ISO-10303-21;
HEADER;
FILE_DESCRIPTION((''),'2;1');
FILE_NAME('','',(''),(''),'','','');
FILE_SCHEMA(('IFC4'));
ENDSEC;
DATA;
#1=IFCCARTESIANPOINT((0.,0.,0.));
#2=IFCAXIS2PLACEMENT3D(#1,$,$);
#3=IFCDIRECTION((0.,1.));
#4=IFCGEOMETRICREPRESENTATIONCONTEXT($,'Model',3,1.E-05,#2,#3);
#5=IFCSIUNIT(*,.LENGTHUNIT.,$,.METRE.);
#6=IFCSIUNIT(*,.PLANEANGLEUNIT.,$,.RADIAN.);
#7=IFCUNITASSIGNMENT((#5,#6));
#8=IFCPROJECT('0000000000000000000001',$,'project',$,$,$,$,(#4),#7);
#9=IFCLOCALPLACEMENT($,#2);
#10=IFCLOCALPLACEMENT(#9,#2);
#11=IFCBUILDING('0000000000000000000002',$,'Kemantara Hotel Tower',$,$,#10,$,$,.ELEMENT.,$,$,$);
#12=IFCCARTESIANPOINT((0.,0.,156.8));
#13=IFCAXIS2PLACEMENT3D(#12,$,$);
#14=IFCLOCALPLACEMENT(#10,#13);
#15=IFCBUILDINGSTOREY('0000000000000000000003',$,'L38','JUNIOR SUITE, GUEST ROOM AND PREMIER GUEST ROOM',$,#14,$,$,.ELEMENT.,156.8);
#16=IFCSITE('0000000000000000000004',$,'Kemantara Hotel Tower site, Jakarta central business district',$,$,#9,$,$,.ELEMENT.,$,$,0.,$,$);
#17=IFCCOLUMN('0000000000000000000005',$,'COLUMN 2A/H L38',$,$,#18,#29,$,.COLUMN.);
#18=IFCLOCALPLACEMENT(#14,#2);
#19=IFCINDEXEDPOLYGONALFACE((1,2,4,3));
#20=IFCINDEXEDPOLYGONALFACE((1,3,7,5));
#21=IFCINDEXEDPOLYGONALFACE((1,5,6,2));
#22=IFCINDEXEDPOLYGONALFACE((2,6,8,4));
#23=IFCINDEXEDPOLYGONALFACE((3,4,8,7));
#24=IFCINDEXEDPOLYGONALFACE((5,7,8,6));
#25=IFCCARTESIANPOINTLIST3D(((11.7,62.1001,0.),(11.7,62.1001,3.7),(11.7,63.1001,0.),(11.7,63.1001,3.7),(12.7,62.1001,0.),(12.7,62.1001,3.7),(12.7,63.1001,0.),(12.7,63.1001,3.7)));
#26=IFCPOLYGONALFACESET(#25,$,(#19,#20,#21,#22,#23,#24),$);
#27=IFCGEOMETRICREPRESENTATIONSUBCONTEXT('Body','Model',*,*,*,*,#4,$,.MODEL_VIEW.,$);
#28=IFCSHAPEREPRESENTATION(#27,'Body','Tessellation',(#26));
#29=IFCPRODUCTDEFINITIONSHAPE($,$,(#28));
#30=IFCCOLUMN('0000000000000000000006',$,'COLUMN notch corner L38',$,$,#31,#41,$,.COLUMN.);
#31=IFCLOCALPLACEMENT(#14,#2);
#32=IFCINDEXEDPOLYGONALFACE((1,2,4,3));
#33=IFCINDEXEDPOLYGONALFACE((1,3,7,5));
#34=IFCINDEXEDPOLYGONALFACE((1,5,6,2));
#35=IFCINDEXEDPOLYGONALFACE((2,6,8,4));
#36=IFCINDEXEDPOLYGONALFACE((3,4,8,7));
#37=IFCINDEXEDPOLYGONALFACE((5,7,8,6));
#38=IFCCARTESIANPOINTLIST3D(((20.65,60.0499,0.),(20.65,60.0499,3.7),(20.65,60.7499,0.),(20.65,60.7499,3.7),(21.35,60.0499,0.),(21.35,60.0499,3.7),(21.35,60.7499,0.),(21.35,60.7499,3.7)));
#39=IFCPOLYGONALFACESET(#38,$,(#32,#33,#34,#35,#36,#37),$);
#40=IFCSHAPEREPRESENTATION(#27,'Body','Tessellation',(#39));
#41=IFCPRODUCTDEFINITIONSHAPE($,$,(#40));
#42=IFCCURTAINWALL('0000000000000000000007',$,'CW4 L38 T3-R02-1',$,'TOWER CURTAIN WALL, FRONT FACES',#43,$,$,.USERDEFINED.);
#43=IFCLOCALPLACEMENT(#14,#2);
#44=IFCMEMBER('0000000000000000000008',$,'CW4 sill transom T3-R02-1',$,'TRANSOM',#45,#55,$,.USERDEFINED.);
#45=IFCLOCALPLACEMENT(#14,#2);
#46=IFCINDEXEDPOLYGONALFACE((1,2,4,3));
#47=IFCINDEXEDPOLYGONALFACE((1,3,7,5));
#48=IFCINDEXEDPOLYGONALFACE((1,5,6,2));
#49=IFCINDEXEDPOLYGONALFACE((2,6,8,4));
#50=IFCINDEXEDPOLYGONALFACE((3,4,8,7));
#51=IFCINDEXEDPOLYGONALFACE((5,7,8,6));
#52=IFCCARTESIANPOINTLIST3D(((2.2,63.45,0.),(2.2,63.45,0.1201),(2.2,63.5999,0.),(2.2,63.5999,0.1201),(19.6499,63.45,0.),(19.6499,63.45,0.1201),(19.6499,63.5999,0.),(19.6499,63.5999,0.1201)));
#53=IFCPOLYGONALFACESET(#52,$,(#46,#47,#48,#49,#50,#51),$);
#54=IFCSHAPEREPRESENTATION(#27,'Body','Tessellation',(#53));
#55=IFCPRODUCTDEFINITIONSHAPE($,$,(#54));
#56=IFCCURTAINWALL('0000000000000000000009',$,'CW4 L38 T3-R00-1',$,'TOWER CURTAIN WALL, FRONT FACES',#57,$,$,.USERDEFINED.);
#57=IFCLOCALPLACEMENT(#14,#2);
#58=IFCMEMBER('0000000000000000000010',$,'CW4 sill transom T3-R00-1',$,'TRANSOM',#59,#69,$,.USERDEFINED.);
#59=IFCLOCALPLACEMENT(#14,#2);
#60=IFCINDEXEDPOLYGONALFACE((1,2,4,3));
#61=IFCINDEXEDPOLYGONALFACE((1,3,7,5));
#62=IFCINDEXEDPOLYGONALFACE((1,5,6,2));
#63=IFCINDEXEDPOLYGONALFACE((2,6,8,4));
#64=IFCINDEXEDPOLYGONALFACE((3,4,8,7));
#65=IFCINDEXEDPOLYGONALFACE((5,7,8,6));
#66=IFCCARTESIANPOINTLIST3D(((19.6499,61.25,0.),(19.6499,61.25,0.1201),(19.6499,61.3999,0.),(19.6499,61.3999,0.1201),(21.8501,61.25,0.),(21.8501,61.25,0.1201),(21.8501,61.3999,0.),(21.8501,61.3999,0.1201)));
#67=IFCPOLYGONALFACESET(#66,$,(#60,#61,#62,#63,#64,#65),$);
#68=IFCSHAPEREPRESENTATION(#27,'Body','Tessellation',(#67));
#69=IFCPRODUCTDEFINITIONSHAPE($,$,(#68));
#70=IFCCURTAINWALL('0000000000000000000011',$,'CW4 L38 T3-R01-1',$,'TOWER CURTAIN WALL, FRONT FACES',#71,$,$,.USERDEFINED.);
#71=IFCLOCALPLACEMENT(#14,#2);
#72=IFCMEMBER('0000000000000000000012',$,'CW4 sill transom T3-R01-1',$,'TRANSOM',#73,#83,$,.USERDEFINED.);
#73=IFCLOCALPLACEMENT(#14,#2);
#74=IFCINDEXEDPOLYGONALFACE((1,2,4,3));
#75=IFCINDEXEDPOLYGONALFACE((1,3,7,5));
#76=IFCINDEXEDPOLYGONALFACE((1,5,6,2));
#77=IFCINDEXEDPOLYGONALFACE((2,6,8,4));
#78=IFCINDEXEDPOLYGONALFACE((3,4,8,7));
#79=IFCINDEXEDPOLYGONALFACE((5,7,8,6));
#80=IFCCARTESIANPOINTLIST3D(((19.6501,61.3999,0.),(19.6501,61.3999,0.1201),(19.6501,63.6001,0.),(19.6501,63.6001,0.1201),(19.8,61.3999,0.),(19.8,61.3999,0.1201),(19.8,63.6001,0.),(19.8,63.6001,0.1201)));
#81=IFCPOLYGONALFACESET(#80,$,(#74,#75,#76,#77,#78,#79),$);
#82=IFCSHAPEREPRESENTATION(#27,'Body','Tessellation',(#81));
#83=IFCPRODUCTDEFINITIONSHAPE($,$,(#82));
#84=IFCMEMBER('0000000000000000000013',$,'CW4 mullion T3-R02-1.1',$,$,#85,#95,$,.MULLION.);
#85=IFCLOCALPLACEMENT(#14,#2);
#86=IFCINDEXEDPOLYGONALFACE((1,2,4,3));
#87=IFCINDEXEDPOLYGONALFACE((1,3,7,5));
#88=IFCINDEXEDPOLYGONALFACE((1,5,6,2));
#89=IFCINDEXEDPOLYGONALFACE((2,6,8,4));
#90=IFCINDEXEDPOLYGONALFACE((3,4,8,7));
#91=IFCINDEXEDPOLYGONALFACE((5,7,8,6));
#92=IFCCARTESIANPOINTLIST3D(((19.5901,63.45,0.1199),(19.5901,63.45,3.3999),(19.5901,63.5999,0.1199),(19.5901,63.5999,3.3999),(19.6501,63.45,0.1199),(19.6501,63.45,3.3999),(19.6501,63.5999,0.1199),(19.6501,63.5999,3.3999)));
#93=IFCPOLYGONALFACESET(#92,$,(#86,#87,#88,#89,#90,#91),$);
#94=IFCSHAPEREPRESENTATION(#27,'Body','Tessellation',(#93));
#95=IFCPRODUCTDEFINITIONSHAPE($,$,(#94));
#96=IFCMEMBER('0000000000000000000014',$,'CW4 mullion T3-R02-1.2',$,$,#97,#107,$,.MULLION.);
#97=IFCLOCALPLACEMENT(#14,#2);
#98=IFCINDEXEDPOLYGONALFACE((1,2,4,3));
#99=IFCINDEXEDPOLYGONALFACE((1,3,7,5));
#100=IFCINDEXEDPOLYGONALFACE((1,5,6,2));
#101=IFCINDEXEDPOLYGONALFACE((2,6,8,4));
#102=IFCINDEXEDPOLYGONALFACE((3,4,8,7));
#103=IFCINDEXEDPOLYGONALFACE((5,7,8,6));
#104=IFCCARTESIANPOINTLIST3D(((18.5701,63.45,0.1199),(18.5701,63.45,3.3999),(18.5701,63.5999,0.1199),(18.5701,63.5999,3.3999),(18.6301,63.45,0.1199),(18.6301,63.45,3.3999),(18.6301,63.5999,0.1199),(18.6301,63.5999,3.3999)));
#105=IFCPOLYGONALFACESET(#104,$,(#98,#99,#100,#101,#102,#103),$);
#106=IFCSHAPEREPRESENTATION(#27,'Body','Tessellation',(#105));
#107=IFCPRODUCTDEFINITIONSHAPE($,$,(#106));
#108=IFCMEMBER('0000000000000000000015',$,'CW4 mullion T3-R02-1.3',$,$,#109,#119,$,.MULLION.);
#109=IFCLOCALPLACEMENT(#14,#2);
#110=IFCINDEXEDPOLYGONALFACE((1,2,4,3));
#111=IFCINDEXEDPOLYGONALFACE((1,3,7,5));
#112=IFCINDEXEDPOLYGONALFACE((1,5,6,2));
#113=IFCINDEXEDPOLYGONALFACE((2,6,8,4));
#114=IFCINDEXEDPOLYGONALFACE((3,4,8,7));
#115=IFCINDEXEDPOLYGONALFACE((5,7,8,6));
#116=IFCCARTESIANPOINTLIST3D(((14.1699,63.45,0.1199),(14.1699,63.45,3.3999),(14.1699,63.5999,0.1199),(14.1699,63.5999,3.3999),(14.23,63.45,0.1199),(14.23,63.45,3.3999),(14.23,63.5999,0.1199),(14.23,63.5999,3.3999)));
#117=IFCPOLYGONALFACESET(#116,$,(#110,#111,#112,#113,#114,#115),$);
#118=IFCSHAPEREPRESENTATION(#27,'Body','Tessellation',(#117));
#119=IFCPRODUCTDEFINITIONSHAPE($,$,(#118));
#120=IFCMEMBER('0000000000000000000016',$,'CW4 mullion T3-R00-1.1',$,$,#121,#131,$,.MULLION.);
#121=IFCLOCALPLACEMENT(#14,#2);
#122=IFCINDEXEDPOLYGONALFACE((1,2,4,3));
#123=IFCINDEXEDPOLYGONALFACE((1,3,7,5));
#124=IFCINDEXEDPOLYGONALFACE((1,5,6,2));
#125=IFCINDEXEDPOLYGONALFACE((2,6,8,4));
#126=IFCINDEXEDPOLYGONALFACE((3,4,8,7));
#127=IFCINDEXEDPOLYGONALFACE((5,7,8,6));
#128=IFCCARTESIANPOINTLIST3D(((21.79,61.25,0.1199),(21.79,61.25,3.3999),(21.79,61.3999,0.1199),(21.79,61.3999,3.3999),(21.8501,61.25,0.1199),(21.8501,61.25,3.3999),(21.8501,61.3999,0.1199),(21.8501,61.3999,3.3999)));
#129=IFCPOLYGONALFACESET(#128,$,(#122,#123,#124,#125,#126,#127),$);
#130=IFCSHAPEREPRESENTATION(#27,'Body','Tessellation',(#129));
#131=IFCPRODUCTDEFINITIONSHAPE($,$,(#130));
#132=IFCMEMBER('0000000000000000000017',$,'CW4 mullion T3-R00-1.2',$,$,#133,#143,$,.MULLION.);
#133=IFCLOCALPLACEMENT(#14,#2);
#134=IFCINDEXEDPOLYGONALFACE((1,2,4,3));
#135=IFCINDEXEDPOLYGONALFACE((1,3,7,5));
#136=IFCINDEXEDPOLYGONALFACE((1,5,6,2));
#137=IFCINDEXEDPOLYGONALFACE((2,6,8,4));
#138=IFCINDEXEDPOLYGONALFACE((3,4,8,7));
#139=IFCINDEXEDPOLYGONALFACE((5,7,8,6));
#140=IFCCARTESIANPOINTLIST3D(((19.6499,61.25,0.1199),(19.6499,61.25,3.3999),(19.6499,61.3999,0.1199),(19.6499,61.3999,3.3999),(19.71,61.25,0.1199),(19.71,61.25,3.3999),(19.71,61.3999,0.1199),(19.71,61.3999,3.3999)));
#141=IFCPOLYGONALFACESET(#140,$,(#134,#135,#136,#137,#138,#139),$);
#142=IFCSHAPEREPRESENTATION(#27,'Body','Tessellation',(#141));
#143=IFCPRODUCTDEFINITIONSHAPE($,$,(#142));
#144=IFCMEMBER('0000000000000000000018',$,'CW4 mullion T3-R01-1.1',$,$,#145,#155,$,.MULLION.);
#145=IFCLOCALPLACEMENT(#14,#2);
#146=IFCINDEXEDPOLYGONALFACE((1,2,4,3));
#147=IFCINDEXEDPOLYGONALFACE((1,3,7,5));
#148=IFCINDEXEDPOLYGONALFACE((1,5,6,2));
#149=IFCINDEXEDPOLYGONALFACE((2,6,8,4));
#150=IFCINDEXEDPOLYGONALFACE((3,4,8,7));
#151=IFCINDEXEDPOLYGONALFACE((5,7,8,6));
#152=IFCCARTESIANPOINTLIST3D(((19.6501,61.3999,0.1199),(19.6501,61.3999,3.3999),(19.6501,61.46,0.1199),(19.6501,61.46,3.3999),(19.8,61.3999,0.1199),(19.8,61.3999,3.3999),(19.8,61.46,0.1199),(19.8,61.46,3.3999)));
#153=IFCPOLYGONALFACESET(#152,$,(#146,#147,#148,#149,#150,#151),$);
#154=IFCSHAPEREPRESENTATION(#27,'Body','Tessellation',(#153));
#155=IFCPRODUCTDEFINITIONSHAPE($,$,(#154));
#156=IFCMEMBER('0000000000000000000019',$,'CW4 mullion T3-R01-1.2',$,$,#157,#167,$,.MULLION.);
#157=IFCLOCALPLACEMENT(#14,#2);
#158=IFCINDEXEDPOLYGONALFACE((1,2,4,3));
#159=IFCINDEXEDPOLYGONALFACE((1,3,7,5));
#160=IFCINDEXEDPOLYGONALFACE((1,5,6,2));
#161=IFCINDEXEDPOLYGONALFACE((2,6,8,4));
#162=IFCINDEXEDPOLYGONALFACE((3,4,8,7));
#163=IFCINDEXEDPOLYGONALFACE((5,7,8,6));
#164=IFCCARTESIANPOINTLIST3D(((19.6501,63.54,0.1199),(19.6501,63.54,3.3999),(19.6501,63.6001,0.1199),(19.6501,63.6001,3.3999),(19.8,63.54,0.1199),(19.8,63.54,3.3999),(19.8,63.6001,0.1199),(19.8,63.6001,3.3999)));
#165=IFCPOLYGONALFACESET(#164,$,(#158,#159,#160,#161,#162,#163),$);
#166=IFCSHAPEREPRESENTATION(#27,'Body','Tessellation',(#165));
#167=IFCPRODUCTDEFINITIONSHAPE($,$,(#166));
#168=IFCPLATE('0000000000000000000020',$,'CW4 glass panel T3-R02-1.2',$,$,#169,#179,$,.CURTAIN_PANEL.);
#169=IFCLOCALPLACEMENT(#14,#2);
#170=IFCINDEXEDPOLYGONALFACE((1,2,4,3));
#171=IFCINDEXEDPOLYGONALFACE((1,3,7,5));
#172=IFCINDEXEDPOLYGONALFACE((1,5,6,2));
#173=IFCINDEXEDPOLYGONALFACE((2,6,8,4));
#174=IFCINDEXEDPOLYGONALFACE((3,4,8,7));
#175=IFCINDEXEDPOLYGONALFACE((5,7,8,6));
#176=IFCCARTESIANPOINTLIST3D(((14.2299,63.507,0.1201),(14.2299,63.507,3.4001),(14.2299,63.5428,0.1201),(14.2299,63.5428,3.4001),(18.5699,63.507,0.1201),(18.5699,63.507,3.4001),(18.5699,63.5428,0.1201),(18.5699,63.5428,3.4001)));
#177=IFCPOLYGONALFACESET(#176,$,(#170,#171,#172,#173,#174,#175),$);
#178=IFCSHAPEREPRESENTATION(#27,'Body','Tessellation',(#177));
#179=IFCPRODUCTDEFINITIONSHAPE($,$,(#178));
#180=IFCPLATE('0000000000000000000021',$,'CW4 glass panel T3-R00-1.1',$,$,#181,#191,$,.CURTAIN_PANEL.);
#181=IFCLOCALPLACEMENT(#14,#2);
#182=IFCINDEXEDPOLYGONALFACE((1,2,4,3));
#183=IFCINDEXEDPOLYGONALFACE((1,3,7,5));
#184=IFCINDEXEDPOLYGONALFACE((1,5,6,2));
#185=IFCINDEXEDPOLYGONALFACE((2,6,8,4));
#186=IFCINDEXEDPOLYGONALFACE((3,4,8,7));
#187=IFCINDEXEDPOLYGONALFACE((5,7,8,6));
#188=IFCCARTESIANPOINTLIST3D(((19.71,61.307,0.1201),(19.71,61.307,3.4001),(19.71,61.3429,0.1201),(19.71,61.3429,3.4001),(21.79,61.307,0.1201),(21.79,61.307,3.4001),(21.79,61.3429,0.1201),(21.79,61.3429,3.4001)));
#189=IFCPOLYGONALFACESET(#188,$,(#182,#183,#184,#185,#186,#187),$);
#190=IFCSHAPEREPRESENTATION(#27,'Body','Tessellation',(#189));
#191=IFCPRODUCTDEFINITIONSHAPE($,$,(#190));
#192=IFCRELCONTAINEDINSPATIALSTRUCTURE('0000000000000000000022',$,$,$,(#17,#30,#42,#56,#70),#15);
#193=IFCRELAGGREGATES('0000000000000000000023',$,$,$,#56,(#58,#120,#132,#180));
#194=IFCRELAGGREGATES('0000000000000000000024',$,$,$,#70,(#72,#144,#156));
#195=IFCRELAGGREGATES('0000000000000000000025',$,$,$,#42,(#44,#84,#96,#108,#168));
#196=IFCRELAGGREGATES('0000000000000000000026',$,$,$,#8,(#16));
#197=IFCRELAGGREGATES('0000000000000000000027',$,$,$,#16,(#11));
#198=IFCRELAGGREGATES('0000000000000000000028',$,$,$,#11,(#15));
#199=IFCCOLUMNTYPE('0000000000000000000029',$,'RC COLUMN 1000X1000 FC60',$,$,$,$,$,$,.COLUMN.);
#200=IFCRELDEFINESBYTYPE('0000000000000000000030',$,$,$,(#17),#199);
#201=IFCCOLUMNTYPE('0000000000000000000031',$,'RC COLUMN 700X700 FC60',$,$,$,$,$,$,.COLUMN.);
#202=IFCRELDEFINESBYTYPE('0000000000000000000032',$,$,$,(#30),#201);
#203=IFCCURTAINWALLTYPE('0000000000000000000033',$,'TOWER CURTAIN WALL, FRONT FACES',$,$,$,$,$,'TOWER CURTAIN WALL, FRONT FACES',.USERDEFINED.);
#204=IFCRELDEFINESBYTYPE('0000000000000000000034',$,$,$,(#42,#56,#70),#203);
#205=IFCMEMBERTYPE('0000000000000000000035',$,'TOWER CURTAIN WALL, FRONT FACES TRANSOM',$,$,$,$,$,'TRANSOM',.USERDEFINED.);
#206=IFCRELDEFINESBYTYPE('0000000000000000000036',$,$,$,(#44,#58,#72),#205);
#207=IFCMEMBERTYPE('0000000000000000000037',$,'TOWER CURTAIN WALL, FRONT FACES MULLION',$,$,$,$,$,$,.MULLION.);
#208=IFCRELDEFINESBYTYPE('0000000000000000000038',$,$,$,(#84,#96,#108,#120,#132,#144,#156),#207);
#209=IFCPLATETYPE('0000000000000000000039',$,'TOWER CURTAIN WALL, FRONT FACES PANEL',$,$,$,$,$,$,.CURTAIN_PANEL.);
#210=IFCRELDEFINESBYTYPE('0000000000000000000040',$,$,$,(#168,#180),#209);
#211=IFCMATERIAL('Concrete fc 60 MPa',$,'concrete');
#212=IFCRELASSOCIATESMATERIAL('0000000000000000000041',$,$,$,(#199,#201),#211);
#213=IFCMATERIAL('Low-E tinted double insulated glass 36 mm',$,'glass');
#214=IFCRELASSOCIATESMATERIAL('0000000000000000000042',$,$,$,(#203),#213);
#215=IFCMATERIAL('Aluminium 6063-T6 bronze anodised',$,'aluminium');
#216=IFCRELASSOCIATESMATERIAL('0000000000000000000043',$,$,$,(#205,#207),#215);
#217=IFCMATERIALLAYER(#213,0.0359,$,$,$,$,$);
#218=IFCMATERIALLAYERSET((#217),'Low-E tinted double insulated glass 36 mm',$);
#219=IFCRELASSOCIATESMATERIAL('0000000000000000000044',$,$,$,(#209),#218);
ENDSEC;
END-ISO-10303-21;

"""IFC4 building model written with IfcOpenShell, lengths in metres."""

from ifc_helpers import new_model, si_unit, direction, frame, origin, origin_2d, place, context, subcontext, project, spatial, rectangle, extrude, source, transform, mapped, material, layer, layer_set, material_profile, profile_set, type_object, element, aggregate, save


model = new_model("IFC4")

# Units and contexts
model_context = context("Model", 3, precision=1e-05, world=origin(), true_north=direction((0.0, 1.0)))
body_context = subcontext(model_context, "Body", "Model", "MODEL_VIEW")
ifc_project = project(units=[si_unit("LENGTHUNIT", "METRE"), si_unit("PLANEANGLEUNIT", "RADIAN")], contexts=[model_context])

# Site, building, storey
site_placement = place(None, origin())
site = spatial("IfcSite", under=ifc_project, at=site_placement, Name="Kemantara Hotel Tower site, Jakarta central business district", CompositionType="ELEMENT", RefElevation=0.0)
building_placement = place(site_placement, origin())
building = spatial("IfcBuilding", under=site, at=building_placement, Name="Kemantara Hotel Tower", CompositionType="ELEMENT")
storey_placement = place(building_placement, frame((0.0, 0.0, 156.8)))
storey = spatial("IfcBuildingStorey", under=building, at=storey_placement, Name="L38", Description="JUNIOR SUITE, GUEST ROOM AND PREMIER GUEST ROOM", CompositionType="ELEMENT", Elevation=156.8)

# Columns
ifc_material_1 = material(Name="Concrete fc 60 MPa", Category="concrete")
ifc_material_profile_1 = material_profile(ifc_material_1, rectangle(XDim=1.0, YDim=1.0, at=origin_2d()), Name="RC 1000X1000")
ifc_profile_set_1 = profile_set([ifc_material_profile_1], Name="Concrete fc 60 MPa")
column_type_1 = type_object("IfcColumnType", Name="RC COLUMN 1000X1000 FC60", PredefinedType="COLUMN", material=ifc_profile_set_1)
column_1_placement = place(storey_placement, frame((12.2, 62.6001, 0.0), z_axis=(0.0, 0.0, 1.0), x_axis=(1.0, 0.0, 0.0)))
element("IfcColumn", 1, at=column_1_placement, inside=storey, type_object=column_type_1, Name="COLUMN 2A/H L38", PredefinedType="COLUMN", context=body_context, shape_type="SweptSolid", body=[
    extrude(rectangle(XDim=1.0, YDim=1.0, at=origin_2d()), origin(), (0.0, 0.0, 1.0), 3.7),
])
ifc_material_profile_2 = material_profile(ifc_material_1, rectangle(XDim=0.7, YDim=0.7, at=origin_2d()), Name="RC 700X700")
ifc_profile_set_2 = profile_set([ifc_material_profile_2], Name="Concrete fc 60 MPa")
column_type_2 = type_object("IfcColumnType", Name="RC COLUMN 700X700 FC60", PredefinedType="COLUMN", material=ifc_profile_set_2)
column_2_placement = place(storey_placement, frame((21.0, 60.3999, 0.0), z_axis=(0.0, 0.0, 1.0), x_axis=(1.0, 0.0, 0.0)))
element("IfcColumn", 2, at=column_2_placement, inside=storey, type_object=column_type_2, Name="COLUMN notch corner L38", PredefinedType="COLUMN", context=body_context, shape_type="SweptSolid", body=[
    extrude(rectangle(XDim=0.7, YDim=0.7, at=origin_2d()), origin(), (0.0, 0.0, 1.0), 3.7),
])

# Curtain walls, members
ifc_material_2 = material(Name="Low-E tinted double insulated glass 36 mm", Category="glass")
curtain_wall_type = type_object("IfcCurtainWallType", Name="TOWER CURTAIN WALL, FRONT FACES", ElementType="TOWER CURTAIN WALL, FRONT FACES", PredefinedType="USERDEFINED", material=ifc_material_2)
curtain_wall_1_placement = place(storey_placement, origin())
curtain_wall_1 = element("IfcCurtainWall", 3, at=curtain_wall_1_placement, inside=storey, type_object=curtain_wall_type, Name="CW4 L38 T3-R02-1", ObjectType="TOWER CURTAIN WALL, FRONT FACES", PredefinedType="USERDEFINED")
ifc_material_3 = material(Name="Aluminium 6063-T6 bronze anodised", Category="aluminium")
ifc_material_profile_3 = material_profile(ifc_material_3, rectangle(XDim=0.1499, YDim=0.1201, at=origin_2d()), Name="TOWER CURTAIN WALL, FRONT FACES TRANSOM")
ifc_profile_set_3 = profile_set([ifc_material_profile_3], Name="Aluminium 6063-T6 bronze anodised")
member_type_1 = type_object("IfcMemberType", Name="TOWER CURTAIN WALL, FRONT FACES TRANSOM", ElementType="TRANSOM", PredefinedType="USERDEFINED", material=ifc_profile_set_3)
member_1_placement = place(storey_placement, frame((19.6499, 63.5249, 0.0601), z_axis=(-1.0, 0.0, 0.0), x_axis=(0.0, -1.0, 0.0)))
member_1 = element("IfcMember", 4, at=member_1_placement, type_object=member_type_1, Name="CW4 sill transom T3-R02-1", ObjectType="TRANSOM", PredefinedType="USERDEFINED", context=body_context, shape_type="SweptSolid", body=[
    extrude(rectangle(XDim=0.1499, YDim=0.1201, at=origin_2d()), origin(), (0.0, 0.0, 1.0), 17.45),
])
curtain_wall_2_placement = place(storey_placement, origin())
curtain_wall_2 = element("IfcCurtainWall", 5, at=curtain_wall_2_placement, inside=storey, type_object=curtain_wall_type, Name="CW4 L38 T3-R00-1", ObjectType="TOWER CURTAIN WALL, FRONT FACES", PredefinedType="USERDEFINED")
member_2_placement = place(storey_placement, frame((21.8501, 61.325, 0.0601), z_axis=(-1.0, 0.0, 0.0), x_axis=(0.0, -1.0, 0.0)))
member_2 = element("IfcMember", 6, at=member_2_placement, type_object=member_type_1, Name="CW4 sill transom T3-R00-1", ObjectType="TRANSOM", PredefinedType="USERDEFINED", context=body_context, shape_type="SweptSolid", body=[
    extrude(rectangle(XDim=0.1499, YDim=0.1201, at=origin_2d()), origin(), (0.0, 0.0, 1.0), 2.2002),
])
curtain_wall_3_placement = place(storey_placement, origin())
curtain_wall_3 = element("IfcCurtainWall", 7, at=curtain_wall_3_placement, inside=storey, type_object=curtain_wall_type, Name="CW4 L38 T3-R01-1", ObjectType="TOWER CURTAIN WALL, FRONT FACES", PredefinedType="USERDEFINED")
member_3_placement = place(storey_placement, frame((19.7251, 61.3999, 0.0601), z_axis=(0.0, 1.0, 0.0), x_axis=(-1.0, 0.0, 0.0)))
member_3 = element("IfcMember", 8, at=member_3_placement, type_object=member_type_1, Name="CW4 sill transom T3-R01-1", ObjectType="TRANSOM", PredefinedType="USERDEFINED", context=body_context, shape_type="SweptSolid", body=[
    extrude(rectangle(XDim=0.1499, YDim=0.1201, at=origin_2d()), origin(), (0.0, 0.0, 1.0), 2.2002),
])

# Members
ifc_material_profile_4 = material_profile(ifc_material_3, rectangle(XDim=0.1499, YDim=0.0601, at=origin_2d()), Name="TOWER CURTAIN WALL, FRONT FACES MULLION")
ifc_profile_set_4 = profile_set([ifc_material_profile_4], Name="Aluminium 6063-T6 bronze anodised")
member_type_2 = type_object("IfcMemberType", Name="TOWER CURTAIN WALL, FRONT FACES MULLION", PredefinedType="MULLION", material=ifc_profile_set_4)
shared_shape_1 = source(origin(), body_context, "Body", "SweptSolid", [
    extrude(rectangle(XDim=0.1499, YDim=0.0601, at=origin_2d()), origin(), (0.0, 0.0, 1.0), 3.28),
])
member_4_placement = place(storey_placement, frame((19.6201, 63.5249, 0.1199), z_axis=(0.0, 0.0, 1.0), x_axis=(0.0, -1.0, 0.0)))
member_4 = element("IfcMember", 9, at=member_4_placement, type_object=member_type_2, Name="CW4 mullion T3-R02-1.1", PredefinedType="MULLION", context=body_context, shape_type="MappedRepresentation", body=[
    mapped(shared_shape_1, transform((0.0, 0.0, 0.0))),
])
member_5_placement = place(storey_placement, frame((18.6001, 63.5249, 0.1199), z_axis=(0.0, 0.0, 1.0), x_axis=(0.0, -1.0, 0.0)))
member_5 = element("IfcMember", 10, at=member_5_placement, type_object=member_type_2, Name="CW4 mullion T3-R02-1.2", PredefinedType="MULLION", context=body_context, shape_type="MappedRepresentation", body=[
    mapped(shared_shape_1, transform((0.0, 0.0, 0.0))),
])
member_6_placement = place(storey_placement, frame((14.2, 63.5249, 0.1199), z_axis=(0.0, 0.0, 1.0), x_axis=(0.0, -1.0, 0.0)))
member_6 = element("IfcMember", 11, at=member_6_placement, type_object=member_type_2, Name="CW4 mullion T3-R02-1.3", PredefinedType="MULLION", context=body_context, shape_type="MappedRepresentation", body=[
    mapped(shared_shape_1, transform((0.0, 0.0, 0.0))),
])
member_7_placement = place(storey_placement, frame((21.8201, 61.325, 0.1199), z_axis=(0.0, 0.0, 1.0), x_axis=(0.0, -1.0, 0.0)))
member_7 = element("IfcMember", 12, at=member_7_placement, type_object=member_type_2, Name="CW4 mullion T3-R00-1.1", PredefinedType="MULLION", context=body_context, shape_type="MappedRepresentation", body=[
    mapped(shared_shape_1, transform((0.0, 0.0, 0.0))),
])
member_8_placement = place(storey_placement, frame((19.6799, 61.325, 0.1199), z_axis=(0.0, 0.0, 1.0), x_axis=(0.0, -1.0, 0.0)))
member_8 = element("IfcMember", 13, at=member_8_placement, type_object=member_type_2, Name="CW4 mullion T3-R00-1.2", PredefinedType="MULLION", context=body_context, shape_type="MappedRepresentation", body=[
    mapped(shared_shape_1, transform((0.0, 0.0, 0.0))),
])
member_9_placement = place(storey_placement, frame((19.7251, 61.4299, 0.1199), z_axis=(0.0, 0.0, 1.0), x_axis=(-1.0, 0.0, 0.0)))
member_9 = element("IfcMember", 14, at=member_9_placement, type_object=member_type_2, Name="CW4 mullion T3-R01-1.1", PredefinedType="MULLION", context=body_context, shape_type="MappedRepresentation", body=[
    mapped(shared_shape_1, transform((0.0, 0.0, 0.0))),
])
member_10_placement = place(storey_placement, frame((19.7251, 63.5701, 0.1199), z_axis=(0.0, 0.0, 1.0), x_axis=(-1.0, 0.0, 0.0)))
member_10 = element("IfcMember", 15, at=member_10_placement, type_object=member_type_2, Name="CW4 mullion T3-R01-1.2", PredefinedType="MULLION", context=body_context, shape_type="MappedRepresentation", body=[
    mapped(shared_shape_1, transform((0.0, 0.0, 0.0))),
])

# Plates
ifc_layer_1 = layer(ifc_material_2, 0.0359)
ifc_layer_set_1 = layer_set([ifc_layer_1], Name="Low-E tinted double insulated glass 36 mm")
plate_type = type_object("IfcPlateType", Name="TOWER CURTAIN WALL, FRONT FACES PANEL", PredefinedType="CURTAIN_PANEL", material=ifc_layer_set_1)
shared_shape_2 = source(origin(), body_context, "Body", "SweptSolid", [
    extrude(rectangle(XDim=4.3401, YDim=0.0359, at=origin_2d()), origin(), (0.0, 0.0, 1.0), 3.28),
])
plate_1_placement = place(storey_placement, frame((16.3999, 63.5249, 0.1201), z_axis=(0.0, 0.0, 1.0), x_axis=(-1.0, 0.0, 0.0)))
plate_1 = element("IfcPlate", 16, at=plate_1_placement, type_object=plate_type, Name="CW4 glass panel T3-R02-1.2", PredefinedType="CURTAIN_PANEL", context=body_context, shape_type="MappedRepresentation", body=[
    mapped(shared_shape_2, transform((0.0, 0.0, 0.0))),
])
shared_shape_3 = source(origin(), body_context, "Body", "SweptSolid", [
    extrude(rectangle(XDim=2.0801, YDim=0.0359, at=origin_2d()), origin(), (0.0, 0.0, 1.0), 3.28),
])
plate_2_placement = place(storey_placement, frame((20.75, 61.325, 0.1201), z_axis=(0.0, 0.0, 1.0), x_axis=(-1.0, 0.0, 0.0)))
plate_2 = element("IfcPlate", 17, at=plate_2_placement, type_object=plate_type, Name="CW4 glass panel T3-R00-1.1", PredefinedType="CURTAIN_PANEL", context=body_context, shape_type="MappedRepresentation", body=[
    mapped(shared_shape_3, transform((0.0, 0.0, 0.0))),
])
aggregate(curtain_wall_2, [member_2, member_7, member_8, plate_2])
aggregate(curtain_wall_3, [member_3, member_9, member_10])
aggregate(curtain_wall_1, [member_1, member_4, member_5, member_6, plate_1])

save(model, "model.ifc")
